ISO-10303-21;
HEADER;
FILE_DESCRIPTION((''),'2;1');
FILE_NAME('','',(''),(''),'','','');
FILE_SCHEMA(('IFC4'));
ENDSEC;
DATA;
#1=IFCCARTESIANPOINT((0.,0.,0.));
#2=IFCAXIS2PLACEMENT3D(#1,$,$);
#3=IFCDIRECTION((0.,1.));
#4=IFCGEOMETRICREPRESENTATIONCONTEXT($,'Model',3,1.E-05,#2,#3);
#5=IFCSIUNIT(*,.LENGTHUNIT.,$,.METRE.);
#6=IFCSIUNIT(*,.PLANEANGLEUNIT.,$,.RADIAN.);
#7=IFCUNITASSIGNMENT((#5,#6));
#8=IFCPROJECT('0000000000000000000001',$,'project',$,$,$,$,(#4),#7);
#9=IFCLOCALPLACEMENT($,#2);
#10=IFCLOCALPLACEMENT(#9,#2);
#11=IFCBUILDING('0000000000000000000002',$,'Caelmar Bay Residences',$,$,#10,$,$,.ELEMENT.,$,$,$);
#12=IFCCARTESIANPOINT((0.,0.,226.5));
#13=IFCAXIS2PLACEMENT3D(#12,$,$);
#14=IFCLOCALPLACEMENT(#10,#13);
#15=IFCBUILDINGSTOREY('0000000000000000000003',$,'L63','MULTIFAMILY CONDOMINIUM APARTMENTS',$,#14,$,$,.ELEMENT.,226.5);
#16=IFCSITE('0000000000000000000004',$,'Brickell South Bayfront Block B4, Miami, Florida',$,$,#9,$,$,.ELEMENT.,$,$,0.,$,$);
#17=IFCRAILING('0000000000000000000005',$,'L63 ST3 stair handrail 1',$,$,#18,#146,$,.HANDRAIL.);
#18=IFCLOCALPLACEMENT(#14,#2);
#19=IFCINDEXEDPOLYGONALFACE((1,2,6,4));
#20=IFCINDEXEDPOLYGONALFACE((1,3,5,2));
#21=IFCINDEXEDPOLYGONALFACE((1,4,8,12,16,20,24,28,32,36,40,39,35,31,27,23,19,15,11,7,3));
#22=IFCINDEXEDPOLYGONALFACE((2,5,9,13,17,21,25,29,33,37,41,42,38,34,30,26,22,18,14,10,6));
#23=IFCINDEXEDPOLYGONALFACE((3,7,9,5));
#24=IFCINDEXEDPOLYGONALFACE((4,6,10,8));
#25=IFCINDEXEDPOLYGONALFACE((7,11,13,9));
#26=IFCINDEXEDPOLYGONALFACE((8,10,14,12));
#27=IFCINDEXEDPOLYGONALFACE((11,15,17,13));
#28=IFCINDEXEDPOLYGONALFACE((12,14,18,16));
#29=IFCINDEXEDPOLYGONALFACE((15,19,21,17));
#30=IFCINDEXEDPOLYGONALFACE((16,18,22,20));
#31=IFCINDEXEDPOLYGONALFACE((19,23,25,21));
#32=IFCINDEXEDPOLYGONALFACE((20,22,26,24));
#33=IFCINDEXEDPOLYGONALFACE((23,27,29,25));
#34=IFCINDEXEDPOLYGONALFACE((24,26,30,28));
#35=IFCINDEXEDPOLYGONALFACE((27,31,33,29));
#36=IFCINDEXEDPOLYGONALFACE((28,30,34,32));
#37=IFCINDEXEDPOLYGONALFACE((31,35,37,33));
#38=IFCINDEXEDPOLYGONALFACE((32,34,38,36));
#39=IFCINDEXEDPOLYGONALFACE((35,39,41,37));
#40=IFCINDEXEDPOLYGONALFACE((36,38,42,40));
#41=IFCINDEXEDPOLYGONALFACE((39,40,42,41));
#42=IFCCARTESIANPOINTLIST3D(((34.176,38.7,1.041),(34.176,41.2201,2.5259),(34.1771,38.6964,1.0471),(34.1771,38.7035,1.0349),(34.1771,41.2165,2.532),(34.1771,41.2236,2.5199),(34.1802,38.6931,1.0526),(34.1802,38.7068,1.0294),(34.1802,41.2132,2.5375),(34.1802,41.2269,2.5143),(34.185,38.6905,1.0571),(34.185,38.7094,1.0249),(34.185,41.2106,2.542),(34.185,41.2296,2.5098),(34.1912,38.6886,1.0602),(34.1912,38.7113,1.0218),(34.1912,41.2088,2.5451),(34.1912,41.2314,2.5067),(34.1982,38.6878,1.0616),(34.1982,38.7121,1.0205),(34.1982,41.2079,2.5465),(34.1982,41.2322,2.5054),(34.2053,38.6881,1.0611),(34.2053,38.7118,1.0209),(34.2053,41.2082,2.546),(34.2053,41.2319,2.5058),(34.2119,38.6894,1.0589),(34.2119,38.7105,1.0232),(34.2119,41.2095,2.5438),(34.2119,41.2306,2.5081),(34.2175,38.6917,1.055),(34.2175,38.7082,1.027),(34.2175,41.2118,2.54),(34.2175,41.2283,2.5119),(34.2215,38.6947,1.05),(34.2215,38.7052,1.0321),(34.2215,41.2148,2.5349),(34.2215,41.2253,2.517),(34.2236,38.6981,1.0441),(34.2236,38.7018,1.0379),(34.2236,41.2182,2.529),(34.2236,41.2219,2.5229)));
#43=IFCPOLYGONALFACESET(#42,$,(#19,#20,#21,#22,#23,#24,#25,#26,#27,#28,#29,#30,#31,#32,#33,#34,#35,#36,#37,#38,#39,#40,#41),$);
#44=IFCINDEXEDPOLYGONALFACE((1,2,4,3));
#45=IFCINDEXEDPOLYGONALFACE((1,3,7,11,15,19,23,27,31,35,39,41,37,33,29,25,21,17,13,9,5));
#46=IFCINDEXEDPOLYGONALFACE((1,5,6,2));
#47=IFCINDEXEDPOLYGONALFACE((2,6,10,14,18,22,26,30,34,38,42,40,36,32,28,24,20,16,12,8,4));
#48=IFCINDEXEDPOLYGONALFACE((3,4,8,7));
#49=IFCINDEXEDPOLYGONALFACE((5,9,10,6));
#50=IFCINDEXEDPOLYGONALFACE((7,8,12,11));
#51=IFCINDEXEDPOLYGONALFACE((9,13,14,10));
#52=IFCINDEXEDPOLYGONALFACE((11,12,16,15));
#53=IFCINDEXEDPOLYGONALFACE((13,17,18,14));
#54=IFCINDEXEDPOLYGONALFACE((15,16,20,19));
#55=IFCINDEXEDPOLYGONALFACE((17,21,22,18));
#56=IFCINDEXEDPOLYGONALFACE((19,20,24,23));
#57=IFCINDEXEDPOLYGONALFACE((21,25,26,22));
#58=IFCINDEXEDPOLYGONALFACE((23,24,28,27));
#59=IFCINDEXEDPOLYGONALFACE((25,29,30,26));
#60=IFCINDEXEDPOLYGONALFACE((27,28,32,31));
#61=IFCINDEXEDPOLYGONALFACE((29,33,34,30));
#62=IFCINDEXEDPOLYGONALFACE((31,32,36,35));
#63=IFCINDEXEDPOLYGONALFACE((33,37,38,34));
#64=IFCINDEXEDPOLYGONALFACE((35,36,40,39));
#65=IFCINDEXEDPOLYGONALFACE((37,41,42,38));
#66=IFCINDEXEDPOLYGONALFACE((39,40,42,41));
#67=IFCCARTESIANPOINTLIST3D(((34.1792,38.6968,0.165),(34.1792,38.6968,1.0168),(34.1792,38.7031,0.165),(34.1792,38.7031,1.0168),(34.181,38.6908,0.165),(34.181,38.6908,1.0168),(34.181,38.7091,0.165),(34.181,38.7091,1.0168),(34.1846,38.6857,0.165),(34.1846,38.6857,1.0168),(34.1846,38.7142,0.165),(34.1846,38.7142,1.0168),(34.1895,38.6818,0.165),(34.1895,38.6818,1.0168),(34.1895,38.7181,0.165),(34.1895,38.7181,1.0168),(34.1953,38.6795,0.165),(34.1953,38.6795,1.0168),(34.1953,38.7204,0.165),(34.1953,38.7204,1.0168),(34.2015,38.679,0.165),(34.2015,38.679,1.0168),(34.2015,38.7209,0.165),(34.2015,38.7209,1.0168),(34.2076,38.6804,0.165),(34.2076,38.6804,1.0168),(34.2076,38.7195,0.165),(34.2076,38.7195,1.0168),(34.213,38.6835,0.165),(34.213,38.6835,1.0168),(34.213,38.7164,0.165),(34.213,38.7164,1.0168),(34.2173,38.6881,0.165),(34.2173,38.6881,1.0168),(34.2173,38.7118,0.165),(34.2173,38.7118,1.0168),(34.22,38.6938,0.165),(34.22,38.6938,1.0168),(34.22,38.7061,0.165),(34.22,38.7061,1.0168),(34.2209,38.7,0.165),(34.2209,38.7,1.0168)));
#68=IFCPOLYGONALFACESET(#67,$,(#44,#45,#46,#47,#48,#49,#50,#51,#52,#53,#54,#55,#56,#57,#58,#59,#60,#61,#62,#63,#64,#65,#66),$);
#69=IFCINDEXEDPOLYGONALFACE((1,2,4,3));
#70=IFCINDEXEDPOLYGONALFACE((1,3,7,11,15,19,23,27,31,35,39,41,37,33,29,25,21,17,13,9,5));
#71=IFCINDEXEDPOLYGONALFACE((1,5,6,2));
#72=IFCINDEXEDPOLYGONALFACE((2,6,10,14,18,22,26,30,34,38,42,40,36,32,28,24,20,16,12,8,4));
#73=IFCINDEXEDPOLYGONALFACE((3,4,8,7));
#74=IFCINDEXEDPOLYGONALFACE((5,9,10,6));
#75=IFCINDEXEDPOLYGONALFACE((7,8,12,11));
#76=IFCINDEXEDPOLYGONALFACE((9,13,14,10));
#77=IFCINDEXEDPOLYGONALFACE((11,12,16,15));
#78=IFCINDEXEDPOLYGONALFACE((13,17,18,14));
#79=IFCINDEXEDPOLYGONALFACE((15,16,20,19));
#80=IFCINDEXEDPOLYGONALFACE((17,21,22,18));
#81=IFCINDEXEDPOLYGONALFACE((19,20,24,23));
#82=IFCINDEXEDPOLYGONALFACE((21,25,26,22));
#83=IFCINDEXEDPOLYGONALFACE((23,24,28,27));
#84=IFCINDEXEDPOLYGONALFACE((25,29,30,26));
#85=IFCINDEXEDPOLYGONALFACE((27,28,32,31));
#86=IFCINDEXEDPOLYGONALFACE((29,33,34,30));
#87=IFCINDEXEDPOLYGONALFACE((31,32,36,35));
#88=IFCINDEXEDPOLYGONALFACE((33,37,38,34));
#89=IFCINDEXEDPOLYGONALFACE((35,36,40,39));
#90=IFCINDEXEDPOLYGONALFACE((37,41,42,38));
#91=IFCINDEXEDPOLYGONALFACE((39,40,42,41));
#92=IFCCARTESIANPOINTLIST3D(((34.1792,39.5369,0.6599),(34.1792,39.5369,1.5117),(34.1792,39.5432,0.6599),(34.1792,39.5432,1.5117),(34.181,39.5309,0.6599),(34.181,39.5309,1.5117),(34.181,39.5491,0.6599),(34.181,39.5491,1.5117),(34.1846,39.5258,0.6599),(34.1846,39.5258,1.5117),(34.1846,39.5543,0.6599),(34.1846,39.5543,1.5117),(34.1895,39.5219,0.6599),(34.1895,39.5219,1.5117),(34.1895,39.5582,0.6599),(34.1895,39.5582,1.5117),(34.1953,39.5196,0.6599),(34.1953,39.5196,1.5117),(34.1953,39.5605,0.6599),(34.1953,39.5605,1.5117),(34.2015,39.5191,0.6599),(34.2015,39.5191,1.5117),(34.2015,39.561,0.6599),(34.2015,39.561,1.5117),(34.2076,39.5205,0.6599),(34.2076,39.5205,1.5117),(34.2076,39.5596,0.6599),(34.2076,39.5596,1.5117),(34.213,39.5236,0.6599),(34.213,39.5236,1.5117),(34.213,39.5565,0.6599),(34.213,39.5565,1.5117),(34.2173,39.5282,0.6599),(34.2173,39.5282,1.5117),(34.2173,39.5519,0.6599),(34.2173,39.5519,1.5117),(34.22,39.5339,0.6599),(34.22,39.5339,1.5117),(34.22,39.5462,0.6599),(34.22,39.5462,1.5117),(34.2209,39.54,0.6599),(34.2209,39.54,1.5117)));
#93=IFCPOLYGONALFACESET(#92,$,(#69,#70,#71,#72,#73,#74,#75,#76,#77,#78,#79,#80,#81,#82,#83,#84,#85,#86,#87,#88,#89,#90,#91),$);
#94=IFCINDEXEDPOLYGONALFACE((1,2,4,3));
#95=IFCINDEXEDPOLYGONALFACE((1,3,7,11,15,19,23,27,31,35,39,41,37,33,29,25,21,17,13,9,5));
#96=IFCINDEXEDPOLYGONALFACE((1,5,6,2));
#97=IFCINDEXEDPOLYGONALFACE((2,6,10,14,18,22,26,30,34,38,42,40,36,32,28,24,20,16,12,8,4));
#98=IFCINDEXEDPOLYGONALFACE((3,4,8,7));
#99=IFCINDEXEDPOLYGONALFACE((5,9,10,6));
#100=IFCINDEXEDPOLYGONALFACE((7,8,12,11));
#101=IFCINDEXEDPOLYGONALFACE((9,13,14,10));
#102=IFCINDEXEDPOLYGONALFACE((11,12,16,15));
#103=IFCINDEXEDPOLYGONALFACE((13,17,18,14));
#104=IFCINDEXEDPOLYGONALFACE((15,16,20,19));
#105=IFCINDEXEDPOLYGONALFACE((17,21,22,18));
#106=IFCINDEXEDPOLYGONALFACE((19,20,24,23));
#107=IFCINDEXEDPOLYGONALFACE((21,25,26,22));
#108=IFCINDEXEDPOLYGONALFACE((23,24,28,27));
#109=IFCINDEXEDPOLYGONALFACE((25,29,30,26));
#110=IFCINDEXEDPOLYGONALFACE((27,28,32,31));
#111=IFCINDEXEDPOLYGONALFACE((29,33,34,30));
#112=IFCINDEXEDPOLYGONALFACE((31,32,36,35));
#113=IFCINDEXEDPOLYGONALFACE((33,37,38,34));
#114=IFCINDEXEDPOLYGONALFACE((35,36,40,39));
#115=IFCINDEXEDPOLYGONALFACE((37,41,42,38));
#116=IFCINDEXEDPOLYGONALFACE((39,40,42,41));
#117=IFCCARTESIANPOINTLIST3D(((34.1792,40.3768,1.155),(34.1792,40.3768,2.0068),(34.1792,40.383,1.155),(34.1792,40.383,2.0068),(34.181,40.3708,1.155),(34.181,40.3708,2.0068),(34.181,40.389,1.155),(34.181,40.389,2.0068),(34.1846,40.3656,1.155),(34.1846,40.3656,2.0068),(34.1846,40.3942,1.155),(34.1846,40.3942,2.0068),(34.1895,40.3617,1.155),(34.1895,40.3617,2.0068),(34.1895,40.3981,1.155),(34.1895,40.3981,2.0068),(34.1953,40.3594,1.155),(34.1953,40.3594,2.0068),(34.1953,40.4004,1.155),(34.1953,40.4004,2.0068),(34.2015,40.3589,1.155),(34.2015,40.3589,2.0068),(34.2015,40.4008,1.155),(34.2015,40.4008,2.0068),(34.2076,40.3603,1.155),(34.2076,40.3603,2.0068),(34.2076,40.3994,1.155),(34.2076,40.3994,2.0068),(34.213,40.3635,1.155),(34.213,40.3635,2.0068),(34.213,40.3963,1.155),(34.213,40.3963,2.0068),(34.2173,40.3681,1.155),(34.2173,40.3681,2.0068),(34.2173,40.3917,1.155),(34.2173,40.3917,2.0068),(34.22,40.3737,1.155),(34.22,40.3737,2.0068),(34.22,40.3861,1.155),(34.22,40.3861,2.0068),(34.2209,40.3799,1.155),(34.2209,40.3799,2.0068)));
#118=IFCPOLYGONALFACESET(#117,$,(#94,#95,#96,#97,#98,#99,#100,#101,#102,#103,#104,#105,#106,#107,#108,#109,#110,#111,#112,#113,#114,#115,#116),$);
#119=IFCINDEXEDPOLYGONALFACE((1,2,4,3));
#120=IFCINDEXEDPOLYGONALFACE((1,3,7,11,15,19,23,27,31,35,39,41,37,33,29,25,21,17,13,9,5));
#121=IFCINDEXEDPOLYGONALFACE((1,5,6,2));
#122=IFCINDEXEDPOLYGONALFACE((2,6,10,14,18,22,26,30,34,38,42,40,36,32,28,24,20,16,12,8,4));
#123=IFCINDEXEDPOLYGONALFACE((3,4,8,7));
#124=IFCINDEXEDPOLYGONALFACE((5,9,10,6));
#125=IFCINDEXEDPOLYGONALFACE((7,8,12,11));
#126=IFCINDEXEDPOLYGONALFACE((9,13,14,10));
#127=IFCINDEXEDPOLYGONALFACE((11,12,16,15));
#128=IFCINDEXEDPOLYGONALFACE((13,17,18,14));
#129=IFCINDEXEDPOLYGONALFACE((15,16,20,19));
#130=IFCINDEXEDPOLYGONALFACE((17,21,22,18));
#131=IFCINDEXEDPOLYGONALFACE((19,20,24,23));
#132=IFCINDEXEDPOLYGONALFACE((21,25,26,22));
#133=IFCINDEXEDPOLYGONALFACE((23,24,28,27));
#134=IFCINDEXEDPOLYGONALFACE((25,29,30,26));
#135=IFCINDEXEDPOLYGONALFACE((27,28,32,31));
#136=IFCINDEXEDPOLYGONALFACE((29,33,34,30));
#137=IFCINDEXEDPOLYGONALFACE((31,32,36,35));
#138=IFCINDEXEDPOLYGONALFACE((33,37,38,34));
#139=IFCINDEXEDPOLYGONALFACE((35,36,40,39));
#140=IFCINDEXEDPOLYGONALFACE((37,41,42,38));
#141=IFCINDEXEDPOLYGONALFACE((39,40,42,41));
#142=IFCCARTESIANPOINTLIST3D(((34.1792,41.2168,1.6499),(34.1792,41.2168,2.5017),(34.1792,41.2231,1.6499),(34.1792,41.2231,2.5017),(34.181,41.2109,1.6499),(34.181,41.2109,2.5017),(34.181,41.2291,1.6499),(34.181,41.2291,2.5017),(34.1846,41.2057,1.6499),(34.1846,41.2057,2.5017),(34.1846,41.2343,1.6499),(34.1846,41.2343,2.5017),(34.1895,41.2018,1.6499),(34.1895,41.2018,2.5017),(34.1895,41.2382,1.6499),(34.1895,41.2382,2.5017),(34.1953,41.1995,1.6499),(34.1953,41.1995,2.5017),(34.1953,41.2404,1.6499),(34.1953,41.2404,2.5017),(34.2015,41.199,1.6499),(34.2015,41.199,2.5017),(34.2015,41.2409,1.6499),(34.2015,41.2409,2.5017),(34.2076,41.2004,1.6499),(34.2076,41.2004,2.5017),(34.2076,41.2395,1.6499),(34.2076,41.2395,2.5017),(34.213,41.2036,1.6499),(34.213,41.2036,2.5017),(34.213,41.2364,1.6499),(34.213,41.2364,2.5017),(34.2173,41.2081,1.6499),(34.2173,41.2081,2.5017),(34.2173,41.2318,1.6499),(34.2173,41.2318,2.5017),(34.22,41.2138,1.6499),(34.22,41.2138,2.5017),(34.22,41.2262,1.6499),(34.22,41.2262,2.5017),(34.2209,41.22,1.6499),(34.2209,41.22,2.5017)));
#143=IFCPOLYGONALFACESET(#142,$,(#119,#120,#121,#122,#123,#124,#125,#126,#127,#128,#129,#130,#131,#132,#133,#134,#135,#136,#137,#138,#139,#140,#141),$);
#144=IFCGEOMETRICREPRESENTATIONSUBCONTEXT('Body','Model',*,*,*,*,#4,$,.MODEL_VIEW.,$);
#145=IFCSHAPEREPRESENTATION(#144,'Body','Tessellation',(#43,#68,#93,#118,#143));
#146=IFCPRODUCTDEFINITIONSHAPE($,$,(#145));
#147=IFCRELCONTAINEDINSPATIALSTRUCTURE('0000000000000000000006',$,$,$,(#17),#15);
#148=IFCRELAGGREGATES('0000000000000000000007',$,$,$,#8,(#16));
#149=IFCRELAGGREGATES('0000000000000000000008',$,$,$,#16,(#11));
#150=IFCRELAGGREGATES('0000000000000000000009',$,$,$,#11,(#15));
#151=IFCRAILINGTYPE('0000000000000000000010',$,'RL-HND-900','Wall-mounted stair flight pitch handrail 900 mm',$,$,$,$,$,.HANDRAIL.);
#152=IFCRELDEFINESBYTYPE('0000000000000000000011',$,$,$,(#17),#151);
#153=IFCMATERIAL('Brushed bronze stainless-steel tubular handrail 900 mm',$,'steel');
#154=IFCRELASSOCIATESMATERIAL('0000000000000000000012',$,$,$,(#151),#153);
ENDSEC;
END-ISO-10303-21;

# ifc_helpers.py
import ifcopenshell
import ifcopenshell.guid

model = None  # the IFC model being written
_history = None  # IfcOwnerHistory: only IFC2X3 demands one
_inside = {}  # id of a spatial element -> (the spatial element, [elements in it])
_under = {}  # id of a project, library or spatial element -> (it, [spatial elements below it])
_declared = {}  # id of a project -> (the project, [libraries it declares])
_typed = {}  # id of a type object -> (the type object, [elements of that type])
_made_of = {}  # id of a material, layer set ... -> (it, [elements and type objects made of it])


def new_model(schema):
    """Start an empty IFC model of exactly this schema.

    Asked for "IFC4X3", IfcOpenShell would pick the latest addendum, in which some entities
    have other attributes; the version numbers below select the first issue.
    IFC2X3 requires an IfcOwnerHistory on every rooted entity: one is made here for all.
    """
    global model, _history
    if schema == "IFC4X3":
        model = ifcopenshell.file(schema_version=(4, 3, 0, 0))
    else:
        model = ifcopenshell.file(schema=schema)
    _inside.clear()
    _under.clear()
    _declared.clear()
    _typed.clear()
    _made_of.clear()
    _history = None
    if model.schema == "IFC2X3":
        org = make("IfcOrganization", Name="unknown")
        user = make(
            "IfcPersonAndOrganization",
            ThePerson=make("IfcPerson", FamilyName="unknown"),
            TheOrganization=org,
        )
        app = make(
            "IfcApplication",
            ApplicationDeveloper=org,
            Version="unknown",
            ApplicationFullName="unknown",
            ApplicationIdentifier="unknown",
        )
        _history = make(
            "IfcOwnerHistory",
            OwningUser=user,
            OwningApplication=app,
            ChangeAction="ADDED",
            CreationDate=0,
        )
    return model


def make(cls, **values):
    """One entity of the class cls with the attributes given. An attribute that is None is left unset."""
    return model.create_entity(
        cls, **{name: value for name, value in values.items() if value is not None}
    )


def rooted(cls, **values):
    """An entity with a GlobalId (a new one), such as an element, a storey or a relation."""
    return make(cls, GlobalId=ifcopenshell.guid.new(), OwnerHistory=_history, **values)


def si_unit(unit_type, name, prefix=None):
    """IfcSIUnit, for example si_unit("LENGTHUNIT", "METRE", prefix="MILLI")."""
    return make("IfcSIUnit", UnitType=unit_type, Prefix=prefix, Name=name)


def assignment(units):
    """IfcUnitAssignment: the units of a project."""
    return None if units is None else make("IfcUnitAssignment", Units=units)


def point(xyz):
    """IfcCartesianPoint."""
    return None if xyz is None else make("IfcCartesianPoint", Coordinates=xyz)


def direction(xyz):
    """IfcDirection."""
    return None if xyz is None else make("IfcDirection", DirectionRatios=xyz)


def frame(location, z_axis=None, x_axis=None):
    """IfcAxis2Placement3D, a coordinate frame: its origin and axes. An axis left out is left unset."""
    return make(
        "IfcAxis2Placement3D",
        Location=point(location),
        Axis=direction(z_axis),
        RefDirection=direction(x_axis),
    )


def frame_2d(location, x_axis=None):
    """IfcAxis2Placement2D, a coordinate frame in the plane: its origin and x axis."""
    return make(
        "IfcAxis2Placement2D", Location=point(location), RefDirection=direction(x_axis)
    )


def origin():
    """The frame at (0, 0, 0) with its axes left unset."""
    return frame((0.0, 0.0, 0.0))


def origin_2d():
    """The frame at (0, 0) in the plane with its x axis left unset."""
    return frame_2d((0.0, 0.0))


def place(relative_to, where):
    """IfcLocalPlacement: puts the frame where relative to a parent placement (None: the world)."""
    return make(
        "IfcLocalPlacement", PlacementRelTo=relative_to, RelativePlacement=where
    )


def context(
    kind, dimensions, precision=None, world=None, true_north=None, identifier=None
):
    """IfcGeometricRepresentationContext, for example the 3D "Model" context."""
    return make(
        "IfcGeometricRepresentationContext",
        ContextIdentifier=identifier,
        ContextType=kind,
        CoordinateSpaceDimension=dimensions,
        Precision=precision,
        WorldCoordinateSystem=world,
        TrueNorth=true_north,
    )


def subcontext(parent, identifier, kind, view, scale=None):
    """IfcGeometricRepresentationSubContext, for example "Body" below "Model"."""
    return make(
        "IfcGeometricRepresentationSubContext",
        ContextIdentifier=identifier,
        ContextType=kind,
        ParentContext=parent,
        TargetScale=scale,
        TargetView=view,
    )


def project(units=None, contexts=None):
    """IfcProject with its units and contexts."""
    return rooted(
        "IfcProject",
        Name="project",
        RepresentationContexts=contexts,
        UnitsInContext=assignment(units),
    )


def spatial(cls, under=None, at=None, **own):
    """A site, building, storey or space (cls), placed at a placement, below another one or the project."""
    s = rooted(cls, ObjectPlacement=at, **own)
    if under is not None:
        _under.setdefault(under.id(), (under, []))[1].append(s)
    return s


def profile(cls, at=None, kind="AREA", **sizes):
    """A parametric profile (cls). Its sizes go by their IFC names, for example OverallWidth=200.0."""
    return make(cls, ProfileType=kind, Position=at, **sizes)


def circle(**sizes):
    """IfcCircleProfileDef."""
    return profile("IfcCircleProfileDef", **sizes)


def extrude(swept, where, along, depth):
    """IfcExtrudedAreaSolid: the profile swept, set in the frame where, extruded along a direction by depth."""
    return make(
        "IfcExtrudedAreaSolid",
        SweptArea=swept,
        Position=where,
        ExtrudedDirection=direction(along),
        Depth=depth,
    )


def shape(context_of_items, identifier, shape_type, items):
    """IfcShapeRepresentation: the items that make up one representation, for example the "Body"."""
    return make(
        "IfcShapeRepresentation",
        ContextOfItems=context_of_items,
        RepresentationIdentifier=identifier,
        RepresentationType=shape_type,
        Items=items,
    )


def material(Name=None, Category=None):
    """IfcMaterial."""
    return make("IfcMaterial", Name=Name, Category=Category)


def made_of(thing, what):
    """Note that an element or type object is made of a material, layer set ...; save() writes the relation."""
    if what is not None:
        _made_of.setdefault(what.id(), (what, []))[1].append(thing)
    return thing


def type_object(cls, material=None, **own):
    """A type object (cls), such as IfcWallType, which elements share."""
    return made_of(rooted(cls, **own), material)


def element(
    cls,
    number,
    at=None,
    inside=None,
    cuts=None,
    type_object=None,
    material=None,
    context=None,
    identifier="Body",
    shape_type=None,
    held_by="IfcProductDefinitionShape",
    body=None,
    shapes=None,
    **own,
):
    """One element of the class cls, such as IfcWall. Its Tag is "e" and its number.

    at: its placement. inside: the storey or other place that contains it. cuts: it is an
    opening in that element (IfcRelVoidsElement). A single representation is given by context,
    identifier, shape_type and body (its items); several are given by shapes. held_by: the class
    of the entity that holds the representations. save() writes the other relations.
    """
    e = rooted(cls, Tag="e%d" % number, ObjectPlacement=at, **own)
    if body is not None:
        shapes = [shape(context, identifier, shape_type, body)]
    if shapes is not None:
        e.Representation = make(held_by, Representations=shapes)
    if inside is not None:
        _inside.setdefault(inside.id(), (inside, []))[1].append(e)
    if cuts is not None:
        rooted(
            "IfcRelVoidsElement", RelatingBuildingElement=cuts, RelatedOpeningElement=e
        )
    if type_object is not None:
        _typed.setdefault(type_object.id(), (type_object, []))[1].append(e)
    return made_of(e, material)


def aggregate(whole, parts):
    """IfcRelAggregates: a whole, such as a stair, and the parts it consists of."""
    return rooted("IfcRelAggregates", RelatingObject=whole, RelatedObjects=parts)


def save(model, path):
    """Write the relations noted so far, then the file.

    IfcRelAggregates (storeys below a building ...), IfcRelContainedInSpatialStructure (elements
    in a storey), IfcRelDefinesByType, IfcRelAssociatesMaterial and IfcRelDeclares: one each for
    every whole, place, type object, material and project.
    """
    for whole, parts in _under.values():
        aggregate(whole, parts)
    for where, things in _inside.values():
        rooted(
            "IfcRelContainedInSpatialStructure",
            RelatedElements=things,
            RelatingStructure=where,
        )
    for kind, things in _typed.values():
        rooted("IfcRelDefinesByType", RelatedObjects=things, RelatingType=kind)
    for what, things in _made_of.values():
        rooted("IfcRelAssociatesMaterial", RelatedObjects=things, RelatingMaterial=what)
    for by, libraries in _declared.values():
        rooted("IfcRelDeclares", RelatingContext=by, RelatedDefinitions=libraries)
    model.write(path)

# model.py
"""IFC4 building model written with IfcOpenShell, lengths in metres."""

from ifc_helpers import new_model, si_unit, direction, frame, origin, origin_2d, place, context, subcontext, project, spatial, circle, extrude, material, type_object, element, save


model = new_model("IFC4")

# Units and contexts
model_context = context("Model", 3, precision=1e-05, world=origin(), true_north=direction((0.0, 1.0)))
body_context = subcontext(model_context, "Body", "Model", "MODEL_VIEW")
ifc_project = project(units=[si_unit("LENGTHUNIT", "METRE"), si_unit("PLANEANGLEUNIT", "RADIAN")], contexts=[model_context])

# Site, building, storey
site_placement = place(None, origin())
site = spatial("IfcSite", under=ifc_project, at=site_placement, Name="Brickell South Bayfront Block B4, Miami, Florida", CompositionType="ELEMENT", RefElevation=0.0)
building_placement = place(site_placement, origin())
building = spatial("IfcBuilding", under=site, at=building_placement, Name="Caelmar Bay Residences", CompositionType="ELEMENT")
storey_placement = place(building_placement, frame((0.0, 0.0, 226.5)))
storey = spatial("IfcBuildingStorey", under=building, at=storey_placement, Name="L63", Description="MULTIFAMILY CONDOMINIUM APARTMENTS", CompositionType="ELEMENT", Elevation=226.5)

# Railing
ifc_material_1 = material(Name="Brushed bronze stainless-steel tubular handrail 900 mm", Category="steel")
railing_type_1 = type_object("IfcRailingType", Name="RL-HND-900", Description="Wall-mounted stair flight pitch handrail 900 mm", PredefinedType="HANDRAIL", material=ifc_material_1)
railing_1_placement = place(storey_placement, frame((34.2, 38.7, 0.165)))
element("IfcRailing", 1, at=railing_1_placement, inside=storey, type_object=railing_type_1, Name="L63 ST3 stair handrail 1", PredefinedType="HANDRAIL", context=body_context, shape_type="SweptSolid", body=[
    extrude(circle(Radius=0.0239, at=origin_2d()), frame((0.0, 0.0, 0.876), z_axis=(0.0, 0.861561, 0.507655), x_axis=(-1.0, 0.0, 0.0)), (0.0, 0.0, 1.0), 2.925),
    extrude(circle(Radius=0.021, at=origin_2d()), origin(), (0.0, 0.0, 1.0), 0.8518),
    extrude(circle(Radius=0.021, at=origin_2d()), frame((0.0, 0.8401, 0.4949)), (0.0, 0.0, 1.0), 0.8518),
    extrude(circle(Radius=0.021, at=origin_2d()), frame((0.0, 1.6799, 0.99)), (0.0, 0.0, 1.0), 0.8518),
    extrude(circle(Radius=0.021, at=origin_2d()), frame((0.0, 2.52, 1.4849)), (0.0, 0.0, 1.0), 0.8518),
])

save(model, "model.ifc")
